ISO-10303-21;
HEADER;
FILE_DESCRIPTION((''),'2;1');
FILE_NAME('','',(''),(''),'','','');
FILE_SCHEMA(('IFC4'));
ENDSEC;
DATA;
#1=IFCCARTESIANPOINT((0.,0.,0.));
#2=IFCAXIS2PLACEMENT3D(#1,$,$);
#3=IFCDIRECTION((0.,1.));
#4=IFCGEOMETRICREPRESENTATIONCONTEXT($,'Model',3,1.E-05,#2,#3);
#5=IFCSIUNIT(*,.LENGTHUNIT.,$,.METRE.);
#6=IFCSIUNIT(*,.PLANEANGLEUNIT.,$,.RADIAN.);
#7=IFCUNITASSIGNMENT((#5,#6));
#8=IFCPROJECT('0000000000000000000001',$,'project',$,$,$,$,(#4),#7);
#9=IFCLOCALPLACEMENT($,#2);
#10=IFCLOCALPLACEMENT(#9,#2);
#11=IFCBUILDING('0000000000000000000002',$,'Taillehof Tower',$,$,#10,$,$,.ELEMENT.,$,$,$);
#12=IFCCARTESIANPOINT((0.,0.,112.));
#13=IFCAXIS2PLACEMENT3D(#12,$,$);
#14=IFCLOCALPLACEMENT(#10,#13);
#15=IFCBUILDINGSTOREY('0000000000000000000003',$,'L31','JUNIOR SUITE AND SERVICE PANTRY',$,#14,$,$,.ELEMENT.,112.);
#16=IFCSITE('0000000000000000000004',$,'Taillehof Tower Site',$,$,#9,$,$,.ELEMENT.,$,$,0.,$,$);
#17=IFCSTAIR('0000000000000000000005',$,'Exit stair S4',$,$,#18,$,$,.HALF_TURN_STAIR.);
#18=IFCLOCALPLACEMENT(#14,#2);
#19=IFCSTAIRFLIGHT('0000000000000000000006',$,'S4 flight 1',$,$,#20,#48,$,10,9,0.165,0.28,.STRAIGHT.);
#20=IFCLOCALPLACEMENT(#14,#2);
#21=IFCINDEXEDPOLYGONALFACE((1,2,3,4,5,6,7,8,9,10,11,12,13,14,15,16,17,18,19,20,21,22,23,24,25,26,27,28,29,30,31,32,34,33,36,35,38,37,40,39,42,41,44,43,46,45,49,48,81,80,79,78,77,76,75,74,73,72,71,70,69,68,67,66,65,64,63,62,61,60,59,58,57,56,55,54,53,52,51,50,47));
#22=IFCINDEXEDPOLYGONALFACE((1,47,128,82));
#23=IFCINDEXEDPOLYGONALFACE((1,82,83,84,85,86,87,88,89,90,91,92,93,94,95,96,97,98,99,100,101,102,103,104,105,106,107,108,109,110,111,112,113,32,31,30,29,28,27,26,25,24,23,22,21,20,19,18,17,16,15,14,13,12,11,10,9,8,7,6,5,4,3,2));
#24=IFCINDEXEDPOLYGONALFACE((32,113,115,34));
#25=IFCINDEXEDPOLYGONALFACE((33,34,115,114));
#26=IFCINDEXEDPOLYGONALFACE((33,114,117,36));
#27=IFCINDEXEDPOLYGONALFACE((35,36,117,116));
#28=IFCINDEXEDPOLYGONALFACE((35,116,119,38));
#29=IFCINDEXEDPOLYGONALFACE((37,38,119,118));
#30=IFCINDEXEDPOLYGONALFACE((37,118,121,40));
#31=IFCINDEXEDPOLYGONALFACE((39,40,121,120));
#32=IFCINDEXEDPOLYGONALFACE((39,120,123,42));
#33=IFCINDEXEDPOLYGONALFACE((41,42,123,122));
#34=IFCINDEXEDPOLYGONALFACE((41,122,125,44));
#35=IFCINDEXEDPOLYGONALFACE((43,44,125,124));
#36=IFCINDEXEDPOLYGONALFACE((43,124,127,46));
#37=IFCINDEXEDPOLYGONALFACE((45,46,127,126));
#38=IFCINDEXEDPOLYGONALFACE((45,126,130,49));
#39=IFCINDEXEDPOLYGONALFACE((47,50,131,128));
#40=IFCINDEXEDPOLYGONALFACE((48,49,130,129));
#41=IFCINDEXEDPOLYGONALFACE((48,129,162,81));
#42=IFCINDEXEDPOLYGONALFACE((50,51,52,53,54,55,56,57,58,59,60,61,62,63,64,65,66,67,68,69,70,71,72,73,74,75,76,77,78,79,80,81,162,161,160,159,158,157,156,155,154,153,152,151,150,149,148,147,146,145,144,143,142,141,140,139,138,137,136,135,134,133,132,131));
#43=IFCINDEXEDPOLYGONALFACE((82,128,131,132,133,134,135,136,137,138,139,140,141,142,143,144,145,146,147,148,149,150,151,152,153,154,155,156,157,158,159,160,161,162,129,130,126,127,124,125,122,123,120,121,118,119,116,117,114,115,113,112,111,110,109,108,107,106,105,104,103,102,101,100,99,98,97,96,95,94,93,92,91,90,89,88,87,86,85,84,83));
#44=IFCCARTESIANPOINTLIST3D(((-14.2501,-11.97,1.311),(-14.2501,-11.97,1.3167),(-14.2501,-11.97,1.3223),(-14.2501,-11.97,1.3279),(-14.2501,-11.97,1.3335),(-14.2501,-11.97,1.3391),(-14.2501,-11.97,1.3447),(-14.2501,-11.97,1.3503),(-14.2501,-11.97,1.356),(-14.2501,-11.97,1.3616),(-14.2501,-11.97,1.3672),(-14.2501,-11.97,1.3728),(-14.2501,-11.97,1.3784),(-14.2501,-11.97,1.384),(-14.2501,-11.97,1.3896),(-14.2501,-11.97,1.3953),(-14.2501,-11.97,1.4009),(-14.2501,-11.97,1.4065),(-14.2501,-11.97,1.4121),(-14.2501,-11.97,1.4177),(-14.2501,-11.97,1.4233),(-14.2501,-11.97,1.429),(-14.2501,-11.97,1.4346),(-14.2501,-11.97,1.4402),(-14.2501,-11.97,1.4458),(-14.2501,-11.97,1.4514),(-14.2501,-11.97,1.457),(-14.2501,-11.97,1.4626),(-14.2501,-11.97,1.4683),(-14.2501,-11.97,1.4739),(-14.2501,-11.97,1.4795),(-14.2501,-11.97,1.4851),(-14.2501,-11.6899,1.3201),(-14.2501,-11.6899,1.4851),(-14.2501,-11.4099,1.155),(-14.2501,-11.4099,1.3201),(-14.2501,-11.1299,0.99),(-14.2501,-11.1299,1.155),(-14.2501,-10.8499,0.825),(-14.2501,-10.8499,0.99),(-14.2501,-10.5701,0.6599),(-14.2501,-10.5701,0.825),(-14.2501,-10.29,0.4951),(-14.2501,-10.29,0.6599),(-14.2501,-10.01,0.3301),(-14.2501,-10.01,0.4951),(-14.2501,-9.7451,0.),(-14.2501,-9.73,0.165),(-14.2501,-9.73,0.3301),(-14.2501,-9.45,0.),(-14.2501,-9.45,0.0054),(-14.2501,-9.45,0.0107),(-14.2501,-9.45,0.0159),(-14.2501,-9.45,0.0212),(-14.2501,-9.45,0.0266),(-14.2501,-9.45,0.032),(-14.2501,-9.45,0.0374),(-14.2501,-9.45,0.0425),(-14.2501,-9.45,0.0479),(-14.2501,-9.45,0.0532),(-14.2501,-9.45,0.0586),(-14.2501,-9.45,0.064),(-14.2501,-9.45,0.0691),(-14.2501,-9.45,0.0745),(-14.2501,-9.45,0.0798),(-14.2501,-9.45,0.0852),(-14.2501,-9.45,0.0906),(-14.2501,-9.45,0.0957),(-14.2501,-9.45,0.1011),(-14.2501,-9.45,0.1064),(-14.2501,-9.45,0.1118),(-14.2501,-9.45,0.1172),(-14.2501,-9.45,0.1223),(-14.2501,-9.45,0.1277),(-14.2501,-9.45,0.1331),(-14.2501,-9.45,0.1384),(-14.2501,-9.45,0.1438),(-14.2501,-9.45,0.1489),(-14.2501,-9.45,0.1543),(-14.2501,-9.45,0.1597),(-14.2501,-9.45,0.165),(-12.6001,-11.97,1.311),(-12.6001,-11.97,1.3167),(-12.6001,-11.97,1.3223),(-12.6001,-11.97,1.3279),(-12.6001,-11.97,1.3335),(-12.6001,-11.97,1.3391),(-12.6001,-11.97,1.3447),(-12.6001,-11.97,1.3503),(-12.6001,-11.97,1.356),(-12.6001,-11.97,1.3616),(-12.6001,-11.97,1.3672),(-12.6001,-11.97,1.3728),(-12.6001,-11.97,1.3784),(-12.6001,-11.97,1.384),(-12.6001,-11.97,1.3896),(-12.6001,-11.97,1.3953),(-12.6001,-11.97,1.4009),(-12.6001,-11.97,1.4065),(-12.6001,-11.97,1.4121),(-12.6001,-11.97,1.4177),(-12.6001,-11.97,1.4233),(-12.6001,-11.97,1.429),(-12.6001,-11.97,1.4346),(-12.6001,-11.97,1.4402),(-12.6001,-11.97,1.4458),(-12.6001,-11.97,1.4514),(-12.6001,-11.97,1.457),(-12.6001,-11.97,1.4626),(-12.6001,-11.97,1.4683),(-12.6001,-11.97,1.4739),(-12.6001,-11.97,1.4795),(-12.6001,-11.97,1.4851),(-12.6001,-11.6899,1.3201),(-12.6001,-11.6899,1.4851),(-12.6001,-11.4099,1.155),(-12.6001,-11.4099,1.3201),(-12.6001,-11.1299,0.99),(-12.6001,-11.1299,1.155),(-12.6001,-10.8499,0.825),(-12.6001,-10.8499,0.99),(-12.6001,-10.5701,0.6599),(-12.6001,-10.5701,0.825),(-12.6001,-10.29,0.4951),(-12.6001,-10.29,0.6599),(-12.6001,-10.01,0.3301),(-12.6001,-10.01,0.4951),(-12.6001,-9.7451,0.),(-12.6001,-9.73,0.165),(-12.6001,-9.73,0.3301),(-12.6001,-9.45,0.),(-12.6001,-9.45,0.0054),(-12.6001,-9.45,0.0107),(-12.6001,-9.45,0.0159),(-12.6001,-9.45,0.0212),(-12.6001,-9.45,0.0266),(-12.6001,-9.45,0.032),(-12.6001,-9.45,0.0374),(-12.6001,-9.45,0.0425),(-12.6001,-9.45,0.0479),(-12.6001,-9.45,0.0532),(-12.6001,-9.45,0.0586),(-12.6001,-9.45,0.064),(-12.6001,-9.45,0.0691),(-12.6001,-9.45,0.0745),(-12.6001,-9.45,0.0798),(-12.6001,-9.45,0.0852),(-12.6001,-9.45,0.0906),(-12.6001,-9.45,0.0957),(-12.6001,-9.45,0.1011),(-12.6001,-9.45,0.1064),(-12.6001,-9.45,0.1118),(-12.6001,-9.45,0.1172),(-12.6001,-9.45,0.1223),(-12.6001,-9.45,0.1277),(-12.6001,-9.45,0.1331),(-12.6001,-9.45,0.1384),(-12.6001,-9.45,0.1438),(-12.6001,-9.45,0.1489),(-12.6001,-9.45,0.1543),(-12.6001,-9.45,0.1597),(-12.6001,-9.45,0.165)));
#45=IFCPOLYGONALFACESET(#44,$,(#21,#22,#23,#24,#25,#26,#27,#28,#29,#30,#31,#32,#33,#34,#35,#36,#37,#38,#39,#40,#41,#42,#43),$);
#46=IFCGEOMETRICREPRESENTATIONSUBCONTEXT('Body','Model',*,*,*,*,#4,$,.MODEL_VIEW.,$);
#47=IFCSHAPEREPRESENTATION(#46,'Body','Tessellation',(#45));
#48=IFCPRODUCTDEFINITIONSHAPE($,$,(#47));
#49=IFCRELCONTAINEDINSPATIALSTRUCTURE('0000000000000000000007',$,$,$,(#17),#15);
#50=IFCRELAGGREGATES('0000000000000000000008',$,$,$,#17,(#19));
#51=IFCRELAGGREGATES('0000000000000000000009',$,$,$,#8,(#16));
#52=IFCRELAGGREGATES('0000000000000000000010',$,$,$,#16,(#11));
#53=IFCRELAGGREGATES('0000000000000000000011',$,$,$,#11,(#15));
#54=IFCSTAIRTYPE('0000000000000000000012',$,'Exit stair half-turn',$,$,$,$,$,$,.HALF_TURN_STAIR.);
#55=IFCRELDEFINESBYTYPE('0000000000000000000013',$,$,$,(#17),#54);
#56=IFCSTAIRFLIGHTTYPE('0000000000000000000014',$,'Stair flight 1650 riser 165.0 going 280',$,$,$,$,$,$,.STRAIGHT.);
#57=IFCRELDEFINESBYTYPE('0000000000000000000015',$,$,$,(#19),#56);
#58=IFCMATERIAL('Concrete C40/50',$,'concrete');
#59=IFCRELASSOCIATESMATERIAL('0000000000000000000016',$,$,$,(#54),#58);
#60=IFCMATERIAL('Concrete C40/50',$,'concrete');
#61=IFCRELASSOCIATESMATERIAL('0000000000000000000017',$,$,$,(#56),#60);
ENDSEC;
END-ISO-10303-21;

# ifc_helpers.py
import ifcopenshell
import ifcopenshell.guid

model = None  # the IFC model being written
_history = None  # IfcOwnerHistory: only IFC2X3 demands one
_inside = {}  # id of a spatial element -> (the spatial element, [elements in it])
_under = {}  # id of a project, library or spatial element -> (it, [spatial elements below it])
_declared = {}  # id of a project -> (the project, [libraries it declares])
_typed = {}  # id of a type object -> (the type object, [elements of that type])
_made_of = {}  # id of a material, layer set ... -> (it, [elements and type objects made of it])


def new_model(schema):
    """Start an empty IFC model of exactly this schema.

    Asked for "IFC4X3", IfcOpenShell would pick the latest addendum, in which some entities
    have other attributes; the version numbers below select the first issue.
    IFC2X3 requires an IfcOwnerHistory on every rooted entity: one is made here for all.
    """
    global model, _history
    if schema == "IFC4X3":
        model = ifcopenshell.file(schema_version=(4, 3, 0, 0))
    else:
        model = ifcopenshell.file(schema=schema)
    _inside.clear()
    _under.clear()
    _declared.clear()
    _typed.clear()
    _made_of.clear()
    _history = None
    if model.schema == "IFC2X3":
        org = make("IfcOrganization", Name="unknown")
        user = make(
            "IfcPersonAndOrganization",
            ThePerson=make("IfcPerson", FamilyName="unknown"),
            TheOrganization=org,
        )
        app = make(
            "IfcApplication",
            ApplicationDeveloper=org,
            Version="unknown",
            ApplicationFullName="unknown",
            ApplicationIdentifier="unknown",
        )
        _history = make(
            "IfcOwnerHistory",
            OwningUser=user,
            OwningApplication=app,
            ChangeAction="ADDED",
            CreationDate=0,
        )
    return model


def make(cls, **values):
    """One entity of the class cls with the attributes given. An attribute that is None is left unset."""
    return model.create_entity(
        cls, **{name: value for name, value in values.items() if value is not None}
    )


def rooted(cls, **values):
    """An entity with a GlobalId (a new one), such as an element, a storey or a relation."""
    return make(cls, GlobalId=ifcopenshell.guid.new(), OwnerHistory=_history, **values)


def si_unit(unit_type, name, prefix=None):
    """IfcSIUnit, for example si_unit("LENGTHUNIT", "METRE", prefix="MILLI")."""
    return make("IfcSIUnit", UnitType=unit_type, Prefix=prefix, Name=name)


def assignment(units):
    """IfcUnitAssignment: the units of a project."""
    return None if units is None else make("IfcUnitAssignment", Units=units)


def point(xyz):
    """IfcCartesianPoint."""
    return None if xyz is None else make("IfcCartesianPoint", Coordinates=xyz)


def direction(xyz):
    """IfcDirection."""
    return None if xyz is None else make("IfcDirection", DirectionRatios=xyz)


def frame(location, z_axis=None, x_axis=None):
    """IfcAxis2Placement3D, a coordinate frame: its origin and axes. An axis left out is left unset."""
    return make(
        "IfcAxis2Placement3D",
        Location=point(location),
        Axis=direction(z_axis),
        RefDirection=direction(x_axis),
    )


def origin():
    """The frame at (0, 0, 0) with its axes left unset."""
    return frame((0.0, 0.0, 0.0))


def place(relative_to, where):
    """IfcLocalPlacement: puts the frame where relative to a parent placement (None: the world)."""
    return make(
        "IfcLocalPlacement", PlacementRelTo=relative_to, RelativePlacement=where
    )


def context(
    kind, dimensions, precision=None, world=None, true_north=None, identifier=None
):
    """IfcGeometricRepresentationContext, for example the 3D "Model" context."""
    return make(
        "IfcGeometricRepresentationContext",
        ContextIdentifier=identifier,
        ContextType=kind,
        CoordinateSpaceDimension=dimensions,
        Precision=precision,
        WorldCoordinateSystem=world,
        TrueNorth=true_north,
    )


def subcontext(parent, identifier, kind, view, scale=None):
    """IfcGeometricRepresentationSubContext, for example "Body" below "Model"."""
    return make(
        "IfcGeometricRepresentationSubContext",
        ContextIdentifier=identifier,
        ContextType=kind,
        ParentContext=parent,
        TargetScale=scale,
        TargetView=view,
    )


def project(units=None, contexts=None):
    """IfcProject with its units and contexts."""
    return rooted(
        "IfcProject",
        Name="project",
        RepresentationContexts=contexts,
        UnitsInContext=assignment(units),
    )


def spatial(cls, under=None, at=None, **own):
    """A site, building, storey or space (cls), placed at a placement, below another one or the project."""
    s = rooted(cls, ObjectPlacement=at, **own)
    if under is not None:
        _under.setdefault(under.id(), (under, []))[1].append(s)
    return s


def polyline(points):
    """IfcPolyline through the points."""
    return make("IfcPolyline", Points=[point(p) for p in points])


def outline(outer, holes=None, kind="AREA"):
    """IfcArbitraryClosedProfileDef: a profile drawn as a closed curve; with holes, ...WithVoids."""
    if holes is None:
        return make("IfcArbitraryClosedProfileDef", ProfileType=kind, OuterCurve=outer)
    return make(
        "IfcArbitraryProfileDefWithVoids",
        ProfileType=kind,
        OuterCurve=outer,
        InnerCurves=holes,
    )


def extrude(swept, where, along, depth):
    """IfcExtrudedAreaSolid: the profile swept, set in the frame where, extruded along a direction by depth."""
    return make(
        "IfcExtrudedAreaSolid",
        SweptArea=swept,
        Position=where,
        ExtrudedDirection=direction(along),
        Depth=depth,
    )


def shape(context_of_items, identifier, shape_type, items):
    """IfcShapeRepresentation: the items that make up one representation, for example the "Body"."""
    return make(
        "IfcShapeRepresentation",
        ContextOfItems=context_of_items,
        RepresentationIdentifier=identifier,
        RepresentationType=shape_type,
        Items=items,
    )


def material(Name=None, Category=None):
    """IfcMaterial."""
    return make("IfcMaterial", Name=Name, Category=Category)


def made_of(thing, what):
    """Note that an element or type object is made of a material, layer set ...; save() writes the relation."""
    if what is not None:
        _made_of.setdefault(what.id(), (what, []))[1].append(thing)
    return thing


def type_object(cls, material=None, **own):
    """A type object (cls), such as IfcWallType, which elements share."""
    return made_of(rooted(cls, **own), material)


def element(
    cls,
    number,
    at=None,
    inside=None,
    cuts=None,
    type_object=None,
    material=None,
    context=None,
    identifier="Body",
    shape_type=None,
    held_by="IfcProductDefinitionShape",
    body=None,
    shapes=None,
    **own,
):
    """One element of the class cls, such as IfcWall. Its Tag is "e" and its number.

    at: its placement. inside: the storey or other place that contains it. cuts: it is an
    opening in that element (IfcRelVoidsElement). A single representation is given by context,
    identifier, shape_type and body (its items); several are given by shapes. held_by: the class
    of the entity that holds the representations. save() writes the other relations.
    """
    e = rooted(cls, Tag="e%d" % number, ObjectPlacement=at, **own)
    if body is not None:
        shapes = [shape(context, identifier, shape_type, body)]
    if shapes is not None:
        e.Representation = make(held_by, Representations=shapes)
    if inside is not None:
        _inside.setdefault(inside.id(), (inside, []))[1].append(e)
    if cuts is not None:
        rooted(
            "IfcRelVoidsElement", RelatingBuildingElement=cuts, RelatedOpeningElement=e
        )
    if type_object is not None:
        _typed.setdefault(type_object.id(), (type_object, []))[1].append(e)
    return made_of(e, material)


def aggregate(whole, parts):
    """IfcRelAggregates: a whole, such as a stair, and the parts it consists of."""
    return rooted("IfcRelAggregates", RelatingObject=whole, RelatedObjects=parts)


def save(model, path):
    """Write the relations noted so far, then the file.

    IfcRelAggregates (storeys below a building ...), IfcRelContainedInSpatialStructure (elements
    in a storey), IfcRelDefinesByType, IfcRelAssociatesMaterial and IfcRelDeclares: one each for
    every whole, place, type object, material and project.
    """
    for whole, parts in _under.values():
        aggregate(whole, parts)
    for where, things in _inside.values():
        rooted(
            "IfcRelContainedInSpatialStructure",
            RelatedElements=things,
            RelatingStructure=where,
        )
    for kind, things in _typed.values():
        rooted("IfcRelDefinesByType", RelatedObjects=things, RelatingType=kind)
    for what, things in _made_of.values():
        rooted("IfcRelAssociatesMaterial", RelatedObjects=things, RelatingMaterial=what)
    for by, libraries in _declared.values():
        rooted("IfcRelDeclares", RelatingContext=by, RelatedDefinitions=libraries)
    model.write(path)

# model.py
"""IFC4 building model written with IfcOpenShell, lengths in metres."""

from ifc_helpers import new_model, si_unit, direction, frame, origin, place, context, subcontext, project, spatial, polyline, outline, extrude, material, type_object, element, aggregate, save


model = new_model("IFC4")

# Units and contexts
model_context = context("Model", 3, precision=1e-05, world=origin(), true_north=direction((0.0, 1.0)))
body_context = subcontext(model_context, "Body", "Model", "MODEL_VIEW")
ifc_project = project(units=[si_unit("LENGTHUNIT", "METRE"), si_unit("PLANEANGLEUNIT", "RADIAN")], contexts=[model_context])

# Site, building, storey
site_placement = place(None, origin())
site = spatial("IfcSite", under=ifc_project, at=site_placement, Name="Taillehof Tower Site", CompositionType="ELEMENT", RefElevation=0.0)
building_placement = place(site_placement, origin())
building = spatial("IfcBuilding", under=site, at=building_placement, Name="Taillehof Tower", CompositionType="ELEMENT")
storey_placement = place(building_placement, frame((0.0, 0.0, 112.0)))
storey = spatial("IfcBuildingStorey", under=building, at=storey_placement, Name="L31", Description="JUNIOR SUITE AND SERVICE PANTRY", CompositionType="ELEMENT", Elevation=112.0)

# Stair, stair flight
ifc_material_1 = material(Name="Concrete C40/50", Category="concrete")
stair_type = type_object("IfcStairType", Name="Exit stair half-turn", PredefinedType="HALF_TURN_STAIR", material=ifc_material_1)
stair_placement = place(storey_placement, origin())
stair = element("IfcStair", 1, at=stair_placement, inside=storey, type_object=stair_type, Name="Exit stair S4", PredefinedType="HALF_TURN_STAIR")
ifc_material_2 = material(Name="Concrete C40/50", Category="concrete")
stair_flight_type = type_object("IfcStairFlightType", Name="Stair flight 1650 riser 165.0 going 280", PredefinedType="STRAIGHT", material=ifc_material_2)
stair_flight_placement = place(storey_placement, frame((-13.425, -9.45, 0.0), z_axis=(0.0, 0.0, 1.0), x_axis=(0.0, -1.0, 0.0)))
stair_flight = element("IfcStairFlight", 2, at=stair_flight_placement, type_object=stair_flight_type, Name="S4 flight 1", NumberOfRisers=10, NumberOfTreads=9, PredefinedType="STRAIGHT", RiserHeight=0.165, TreadLength=0.28, context=body_context, shape_type="SweptSolid", body=[
    extrude(outline(polyline([(0.0, 0.0), (0.0, 0.0054), (0.0, 0.0107), (0.0, 0.0159), (0.0, 0.0212), (0.0, 0.0266), (0.0, 0.032), (0.0, 0.0374), (0.0, 0.0425), (0.0, 0.0479), (0.0, 0.0532), (0.0, 0.0586), (0.0, 0.064), (0.0, 0.0691), (0.0, 0.0745), (0.0, 0.0798), (0.0, 0.0852), (0.0, 0.0906), (0.0, 0.0957), (0.0, 0.1011), (0.0, 0.1064), (0.0, 0.1118), (0.0, 0.1172), (0.0, 0.1223), (0.0, 0.1277), (0.0, 0.1331), (0.0, 0.1384), (0.0, 0.1438), (0.0, 0.1489), (0.0, 0.1543), (0.0, 0.1597), (0.0, 0.165), (0.28, 0.165), (0.28, 0.3301), (0.5601, 0.3301), (0.5601, 0.4951), (0.8401, 0.4951), (0.8401, 0.6599), (1.1201, 0.6599), (1.1201, 0.825), (1.3999, 0.825), (1.3999, 0.99), (1.6799, 0.99), (1.6799, 1.155), (1.96, 1.155), (1.96, 1.3201), (2.24, 1.3201), (2.24, 1.4851), (2.52, 1.4851), (2.52, 1.4795), (2.52, 1.4739), (2.52, 1.4683), (2.52, 1.4626), (2.52, 1.457), (2.52, 1.4514), (2.52, 1.4458), (2.52, 1.4402), (2.52, 1.4346), (2.52, 1.429), (2.52, 1.4233), (2.52, 1.4177), (2.52, 1.4121), (2.52, 1.4065), (2.52, 1.4009), (2.52, 1.3953), (2.52, 1.3896), (2.52, 1.384), (2.52, 1.3784), (2.52, 1.3728), (2.52, 1.3672), (2.52, 1.3616), (2.52, 1.356), (2.52, 1.3503), (2.52, 1.3447), (2.52, 1.3391), (2.52, 1.3335), (2.52, 1.3279), (2.52, 1.3223), (2.52, 1.3167), (2.52, 1.311), (0.2952, 0.0), (0.0, 0.0)])), frame((0.0, 0.825, 0.0), z_axis=(0.0, -1.0, 0.0), x_axis=(1.0, 0.0, 0.0)), (0.0, 0.0, 1.0), 1.65),
])
aggregate(stair, [stair_flight])

save(model, "model.ifc")
